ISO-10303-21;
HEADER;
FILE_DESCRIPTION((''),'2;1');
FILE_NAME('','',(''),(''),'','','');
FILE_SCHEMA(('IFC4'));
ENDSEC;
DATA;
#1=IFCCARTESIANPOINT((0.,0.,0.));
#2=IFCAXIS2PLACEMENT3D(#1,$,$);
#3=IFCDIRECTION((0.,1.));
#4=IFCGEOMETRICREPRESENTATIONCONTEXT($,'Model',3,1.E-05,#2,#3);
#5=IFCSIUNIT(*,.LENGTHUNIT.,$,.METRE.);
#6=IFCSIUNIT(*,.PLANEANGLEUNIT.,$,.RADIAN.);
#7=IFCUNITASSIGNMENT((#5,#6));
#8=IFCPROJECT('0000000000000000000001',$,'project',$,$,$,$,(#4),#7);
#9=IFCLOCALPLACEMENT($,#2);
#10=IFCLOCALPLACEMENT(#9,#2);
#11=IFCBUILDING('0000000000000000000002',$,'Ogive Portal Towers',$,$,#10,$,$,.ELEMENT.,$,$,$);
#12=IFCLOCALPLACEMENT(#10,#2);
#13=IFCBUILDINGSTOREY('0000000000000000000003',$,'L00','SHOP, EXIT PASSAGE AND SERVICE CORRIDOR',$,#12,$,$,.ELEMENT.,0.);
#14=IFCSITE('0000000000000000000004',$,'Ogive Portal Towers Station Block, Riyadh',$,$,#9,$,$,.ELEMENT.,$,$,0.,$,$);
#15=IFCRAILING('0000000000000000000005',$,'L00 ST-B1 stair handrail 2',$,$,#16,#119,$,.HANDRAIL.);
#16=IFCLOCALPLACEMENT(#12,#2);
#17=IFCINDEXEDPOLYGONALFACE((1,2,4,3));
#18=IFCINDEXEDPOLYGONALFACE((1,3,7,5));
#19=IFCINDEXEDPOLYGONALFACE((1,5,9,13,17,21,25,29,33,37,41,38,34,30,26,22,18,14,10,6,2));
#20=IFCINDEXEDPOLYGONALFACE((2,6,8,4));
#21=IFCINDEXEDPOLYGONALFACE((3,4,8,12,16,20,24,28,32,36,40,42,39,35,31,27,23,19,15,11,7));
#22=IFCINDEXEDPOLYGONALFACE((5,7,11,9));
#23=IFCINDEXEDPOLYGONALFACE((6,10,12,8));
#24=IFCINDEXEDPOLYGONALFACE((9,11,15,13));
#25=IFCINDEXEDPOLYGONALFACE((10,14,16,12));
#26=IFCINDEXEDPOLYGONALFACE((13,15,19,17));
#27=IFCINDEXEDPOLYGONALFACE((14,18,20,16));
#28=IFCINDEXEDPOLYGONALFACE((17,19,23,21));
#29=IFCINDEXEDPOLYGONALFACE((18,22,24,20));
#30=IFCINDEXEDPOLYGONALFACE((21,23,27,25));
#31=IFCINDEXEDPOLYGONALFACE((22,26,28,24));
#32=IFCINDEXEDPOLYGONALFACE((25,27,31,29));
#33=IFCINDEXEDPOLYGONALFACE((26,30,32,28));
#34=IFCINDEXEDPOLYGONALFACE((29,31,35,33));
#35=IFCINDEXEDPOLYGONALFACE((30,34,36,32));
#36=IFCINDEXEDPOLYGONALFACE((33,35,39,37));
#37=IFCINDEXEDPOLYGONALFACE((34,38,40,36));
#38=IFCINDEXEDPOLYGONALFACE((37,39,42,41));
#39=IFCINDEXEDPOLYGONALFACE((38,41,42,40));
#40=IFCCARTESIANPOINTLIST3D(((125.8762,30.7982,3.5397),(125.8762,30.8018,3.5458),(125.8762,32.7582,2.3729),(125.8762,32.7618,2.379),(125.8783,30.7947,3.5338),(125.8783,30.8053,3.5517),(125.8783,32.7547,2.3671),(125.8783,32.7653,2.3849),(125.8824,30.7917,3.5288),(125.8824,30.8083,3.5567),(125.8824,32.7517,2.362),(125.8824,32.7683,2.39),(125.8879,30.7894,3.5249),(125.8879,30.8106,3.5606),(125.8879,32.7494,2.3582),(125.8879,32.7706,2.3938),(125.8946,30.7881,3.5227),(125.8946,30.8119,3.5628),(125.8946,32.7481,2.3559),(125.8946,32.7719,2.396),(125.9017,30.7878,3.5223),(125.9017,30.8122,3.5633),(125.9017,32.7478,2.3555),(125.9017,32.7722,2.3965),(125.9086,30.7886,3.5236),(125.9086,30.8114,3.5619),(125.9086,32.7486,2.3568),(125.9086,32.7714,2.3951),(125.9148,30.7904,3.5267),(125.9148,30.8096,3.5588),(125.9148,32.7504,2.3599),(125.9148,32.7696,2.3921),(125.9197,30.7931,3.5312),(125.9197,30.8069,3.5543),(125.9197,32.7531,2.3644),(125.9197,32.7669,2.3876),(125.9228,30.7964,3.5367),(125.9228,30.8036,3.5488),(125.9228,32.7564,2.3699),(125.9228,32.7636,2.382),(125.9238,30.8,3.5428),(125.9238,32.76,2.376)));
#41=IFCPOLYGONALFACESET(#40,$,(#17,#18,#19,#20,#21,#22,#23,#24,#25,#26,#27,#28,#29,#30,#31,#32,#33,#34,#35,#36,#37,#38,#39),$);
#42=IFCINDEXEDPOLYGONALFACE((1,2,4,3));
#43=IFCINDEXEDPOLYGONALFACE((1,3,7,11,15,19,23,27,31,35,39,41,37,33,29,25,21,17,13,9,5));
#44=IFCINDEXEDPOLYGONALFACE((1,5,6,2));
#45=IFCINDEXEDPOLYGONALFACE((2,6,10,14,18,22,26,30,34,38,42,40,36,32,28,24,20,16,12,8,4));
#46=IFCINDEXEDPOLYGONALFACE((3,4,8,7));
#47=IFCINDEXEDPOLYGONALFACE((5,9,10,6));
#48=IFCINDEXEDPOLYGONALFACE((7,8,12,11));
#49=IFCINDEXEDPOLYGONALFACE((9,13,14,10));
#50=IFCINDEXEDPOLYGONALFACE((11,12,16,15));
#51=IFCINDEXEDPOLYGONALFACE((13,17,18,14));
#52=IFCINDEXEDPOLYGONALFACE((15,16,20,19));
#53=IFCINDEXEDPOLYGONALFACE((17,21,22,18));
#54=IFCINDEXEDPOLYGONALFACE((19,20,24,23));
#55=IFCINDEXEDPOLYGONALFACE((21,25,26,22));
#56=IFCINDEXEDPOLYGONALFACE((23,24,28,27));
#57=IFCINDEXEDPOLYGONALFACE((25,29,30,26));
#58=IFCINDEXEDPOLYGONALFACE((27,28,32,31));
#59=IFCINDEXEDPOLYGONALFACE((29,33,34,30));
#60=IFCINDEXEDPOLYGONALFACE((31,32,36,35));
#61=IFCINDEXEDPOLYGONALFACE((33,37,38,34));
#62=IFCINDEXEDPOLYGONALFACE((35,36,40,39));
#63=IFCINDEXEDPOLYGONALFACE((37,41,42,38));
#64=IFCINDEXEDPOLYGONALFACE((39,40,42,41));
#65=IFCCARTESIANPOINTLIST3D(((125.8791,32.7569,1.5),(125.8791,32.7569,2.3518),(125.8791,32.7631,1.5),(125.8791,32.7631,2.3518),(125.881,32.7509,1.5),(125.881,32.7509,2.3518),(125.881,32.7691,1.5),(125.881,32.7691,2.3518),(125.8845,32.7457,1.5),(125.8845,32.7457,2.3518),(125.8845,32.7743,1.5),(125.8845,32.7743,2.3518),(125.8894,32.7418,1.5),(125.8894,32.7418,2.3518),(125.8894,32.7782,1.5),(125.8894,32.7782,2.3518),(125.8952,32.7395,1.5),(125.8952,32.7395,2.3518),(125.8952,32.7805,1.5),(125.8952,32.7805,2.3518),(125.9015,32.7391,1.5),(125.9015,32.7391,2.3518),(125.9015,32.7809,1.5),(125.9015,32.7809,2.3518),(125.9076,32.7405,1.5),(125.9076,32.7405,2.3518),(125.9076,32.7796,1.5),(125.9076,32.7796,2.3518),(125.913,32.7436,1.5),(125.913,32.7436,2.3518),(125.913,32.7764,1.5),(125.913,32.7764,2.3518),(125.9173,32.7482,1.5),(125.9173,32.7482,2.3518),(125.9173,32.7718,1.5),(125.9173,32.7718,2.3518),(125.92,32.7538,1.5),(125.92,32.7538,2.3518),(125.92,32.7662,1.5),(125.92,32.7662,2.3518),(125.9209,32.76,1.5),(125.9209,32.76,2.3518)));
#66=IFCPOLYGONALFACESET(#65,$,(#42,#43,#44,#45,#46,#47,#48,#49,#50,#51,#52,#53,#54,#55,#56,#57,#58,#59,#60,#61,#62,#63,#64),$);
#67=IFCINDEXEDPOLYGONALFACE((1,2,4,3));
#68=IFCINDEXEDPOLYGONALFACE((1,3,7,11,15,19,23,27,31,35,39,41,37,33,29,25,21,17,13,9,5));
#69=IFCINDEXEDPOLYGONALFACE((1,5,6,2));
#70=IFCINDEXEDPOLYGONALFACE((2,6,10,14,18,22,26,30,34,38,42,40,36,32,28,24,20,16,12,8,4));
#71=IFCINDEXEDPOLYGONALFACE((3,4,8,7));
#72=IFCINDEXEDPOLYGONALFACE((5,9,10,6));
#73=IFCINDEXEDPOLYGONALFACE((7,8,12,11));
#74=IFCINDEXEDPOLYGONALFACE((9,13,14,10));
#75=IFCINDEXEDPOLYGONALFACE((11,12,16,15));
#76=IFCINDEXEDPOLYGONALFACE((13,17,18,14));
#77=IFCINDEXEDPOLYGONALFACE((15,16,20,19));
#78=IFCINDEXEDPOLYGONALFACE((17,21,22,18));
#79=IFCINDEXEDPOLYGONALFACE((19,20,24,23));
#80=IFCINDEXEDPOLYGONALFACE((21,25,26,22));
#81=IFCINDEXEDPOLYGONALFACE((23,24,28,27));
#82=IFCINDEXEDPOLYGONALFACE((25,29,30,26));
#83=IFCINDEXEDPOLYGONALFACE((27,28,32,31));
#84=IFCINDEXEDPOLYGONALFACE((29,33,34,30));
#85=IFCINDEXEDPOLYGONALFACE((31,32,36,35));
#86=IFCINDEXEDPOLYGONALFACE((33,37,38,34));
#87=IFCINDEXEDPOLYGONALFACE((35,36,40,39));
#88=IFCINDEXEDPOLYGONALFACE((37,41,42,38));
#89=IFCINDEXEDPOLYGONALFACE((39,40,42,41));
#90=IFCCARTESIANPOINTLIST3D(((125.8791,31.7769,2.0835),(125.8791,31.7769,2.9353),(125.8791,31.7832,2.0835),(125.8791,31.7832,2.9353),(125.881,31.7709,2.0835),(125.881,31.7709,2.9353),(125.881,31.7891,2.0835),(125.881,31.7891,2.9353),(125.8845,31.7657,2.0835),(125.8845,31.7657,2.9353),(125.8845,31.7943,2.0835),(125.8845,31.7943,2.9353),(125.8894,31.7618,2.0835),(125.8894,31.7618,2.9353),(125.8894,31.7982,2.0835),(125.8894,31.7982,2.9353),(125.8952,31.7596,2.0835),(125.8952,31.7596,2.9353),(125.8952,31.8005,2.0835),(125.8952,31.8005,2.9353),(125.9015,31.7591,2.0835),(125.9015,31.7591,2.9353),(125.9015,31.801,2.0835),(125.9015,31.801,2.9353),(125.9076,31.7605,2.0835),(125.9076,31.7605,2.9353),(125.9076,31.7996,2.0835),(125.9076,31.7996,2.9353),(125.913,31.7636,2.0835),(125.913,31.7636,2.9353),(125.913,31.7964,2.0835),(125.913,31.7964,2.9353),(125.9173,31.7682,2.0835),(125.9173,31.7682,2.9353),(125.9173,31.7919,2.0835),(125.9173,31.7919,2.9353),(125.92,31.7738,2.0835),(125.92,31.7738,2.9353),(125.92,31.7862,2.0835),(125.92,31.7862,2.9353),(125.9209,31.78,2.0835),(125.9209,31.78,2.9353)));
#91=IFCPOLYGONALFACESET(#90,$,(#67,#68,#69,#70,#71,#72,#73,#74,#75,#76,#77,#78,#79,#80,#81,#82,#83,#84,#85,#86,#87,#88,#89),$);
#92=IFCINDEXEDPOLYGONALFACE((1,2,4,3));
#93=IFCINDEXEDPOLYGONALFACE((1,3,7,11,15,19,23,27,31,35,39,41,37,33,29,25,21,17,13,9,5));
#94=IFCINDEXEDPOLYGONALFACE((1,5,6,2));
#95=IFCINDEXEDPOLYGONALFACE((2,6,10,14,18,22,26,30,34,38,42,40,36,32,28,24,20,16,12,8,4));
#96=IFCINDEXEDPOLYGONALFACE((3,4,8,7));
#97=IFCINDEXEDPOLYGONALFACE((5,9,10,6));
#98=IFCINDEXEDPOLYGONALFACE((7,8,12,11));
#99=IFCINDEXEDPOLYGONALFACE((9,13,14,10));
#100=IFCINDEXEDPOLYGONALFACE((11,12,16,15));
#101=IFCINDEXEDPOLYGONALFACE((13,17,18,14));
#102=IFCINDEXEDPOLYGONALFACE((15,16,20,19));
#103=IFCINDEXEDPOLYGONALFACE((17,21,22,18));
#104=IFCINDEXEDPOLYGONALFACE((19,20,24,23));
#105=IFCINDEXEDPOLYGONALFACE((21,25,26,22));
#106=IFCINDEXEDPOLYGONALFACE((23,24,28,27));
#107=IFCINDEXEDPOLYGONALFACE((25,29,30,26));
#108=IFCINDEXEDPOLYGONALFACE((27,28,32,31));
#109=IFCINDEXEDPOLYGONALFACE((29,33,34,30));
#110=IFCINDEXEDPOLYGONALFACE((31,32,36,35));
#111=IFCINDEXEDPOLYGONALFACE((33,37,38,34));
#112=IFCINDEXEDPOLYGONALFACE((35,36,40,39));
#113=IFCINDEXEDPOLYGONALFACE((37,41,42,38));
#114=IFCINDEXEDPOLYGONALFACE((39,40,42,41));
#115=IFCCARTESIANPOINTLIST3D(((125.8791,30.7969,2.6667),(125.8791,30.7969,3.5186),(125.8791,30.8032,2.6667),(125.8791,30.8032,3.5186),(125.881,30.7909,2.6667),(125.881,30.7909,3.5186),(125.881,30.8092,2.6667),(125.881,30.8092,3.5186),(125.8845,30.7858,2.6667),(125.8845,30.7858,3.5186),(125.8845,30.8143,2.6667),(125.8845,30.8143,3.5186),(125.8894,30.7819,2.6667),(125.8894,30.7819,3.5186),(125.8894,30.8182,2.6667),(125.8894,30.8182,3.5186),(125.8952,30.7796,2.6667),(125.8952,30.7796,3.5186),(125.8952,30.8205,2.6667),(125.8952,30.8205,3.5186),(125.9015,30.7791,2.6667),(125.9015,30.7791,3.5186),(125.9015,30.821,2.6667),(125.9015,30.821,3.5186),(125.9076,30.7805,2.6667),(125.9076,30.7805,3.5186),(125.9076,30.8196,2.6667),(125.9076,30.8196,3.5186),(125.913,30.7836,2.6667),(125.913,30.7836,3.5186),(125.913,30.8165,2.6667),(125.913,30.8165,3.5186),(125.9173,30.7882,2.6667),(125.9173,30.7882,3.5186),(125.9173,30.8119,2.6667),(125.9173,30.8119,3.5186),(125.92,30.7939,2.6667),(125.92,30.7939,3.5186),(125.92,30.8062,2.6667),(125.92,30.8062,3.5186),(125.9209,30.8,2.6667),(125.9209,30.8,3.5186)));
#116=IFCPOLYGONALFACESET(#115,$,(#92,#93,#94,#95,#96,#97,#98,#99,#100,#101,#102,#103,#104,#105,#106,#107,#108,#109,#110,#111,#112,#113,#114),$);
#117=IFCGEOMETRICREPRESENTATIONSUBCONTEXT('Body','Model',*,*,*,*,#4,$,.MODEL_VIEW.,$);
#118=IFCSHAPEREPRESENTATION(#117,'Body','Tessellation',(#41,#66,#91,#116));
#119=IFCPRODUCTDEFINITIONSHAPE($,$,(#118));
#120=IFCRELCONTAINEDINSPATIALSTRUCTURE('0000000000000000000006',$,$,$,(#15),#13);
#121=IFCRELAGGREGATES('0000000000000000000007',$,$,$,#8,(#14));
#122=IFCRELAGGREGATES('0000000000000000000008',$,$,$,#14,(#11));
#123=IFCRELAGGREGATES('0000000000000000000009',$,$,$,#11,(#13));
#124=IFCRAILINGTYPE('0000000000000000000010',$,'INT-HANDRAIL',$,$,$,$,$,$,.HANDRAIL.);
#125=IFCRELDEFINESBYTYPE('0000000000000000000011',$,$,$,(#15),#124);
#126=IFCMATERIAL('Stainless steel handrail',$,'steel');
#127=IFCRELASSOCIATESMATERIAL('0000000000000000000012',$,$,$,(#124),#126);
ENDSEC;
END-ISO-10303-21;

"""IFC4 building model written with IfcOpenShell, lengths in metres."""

from ifc_helpers import new_model, si_unit, direction, frame, origin, origin_2d, place, context, subcontext, project, spatial, circle, extrude, material, type_object, element, save


model = new_model("IFC4")

# Units and contexts
model_context = context("Model", 3, precision=1e-05, world=origin(), true_north=direction((0.0, 1.0)))
body_context = subcontext(model_context, "Body", "Model", "MODEL_VIEW")
ifc_project = project(units=[si_unit("LENGTHUNIT", "METRE"), si_unit("PLANEANGLEUNIT", "RADIAN")], contexts=[model_context])

# Site, building, storey
site_placement = place(None, origin())
site = spatial("IfcSite", under=ifc_project, at=site_placement, Name="Ogive Portal Towers Station Block, Riyadh", CompositionType="ELEMENT", RefElevation=0.0)
building_placement = place(site_placement, origin())
building = spatial("IfcBuilding", under=site, at=building_placement, Name="Ogive Portal Towers", CompositionType="ELEMENT")
storey_placement = place(building_placement, origin())
storey = spatial("IfcBuildingStorey", under=building, at=storey_placement, Name="L00", Description="SHOP, EXIT PASSAGE AND SERVICE CORRIDOR", CompositionType="ELEMENT", Elevation=0.0)

# Railing
ifc_material_1 = material(Name="Stainless steel handrail", Category="steel")
railing_type_1 = type_object("IfcRailingType", Name="INT-HANDRAIL", PredefinedType="HANDRAIL", material=ifc_material_1)
railing_1_placement = place(storey_placement, frame((125.8999, 32.76, 1.5)))
element("IfcRailing", 1, at=railing_1_placement, inside=storey, type_object=railing_type_1, Name="L00 ST-B1 stair handrail 2", PredefinedType="HANDRAIL", context=body_context, shape_type="SweptSolid", body=[
    extrude(circle(Radius=0.0239, at=origin_2d()), frame((0.0, 0.0, 0.876), z_axis=(0.0, -0.859273, 0.511518), x_axis=(1.0, 0.0, 0.0)), (0.0, 0.0, 1.0), 2.281),
    extrude(circle(Radius=0.021, at=origin_2d()), origin(), (0.0, 0.0, 1.0), 0.8518),
    extrude(circle(Radius=0.021, at=origin_2d()), frame((0.0, -0.98, 0.5835)), (0.0, 0.0, 1.0), 0.8518),
    extrude(circle(Radius=0.021, at=origin_2d()), frame((0.0, -1.96, 1.1667)), (0.0, 0.0, 1.0), 0.8518),
])

save(model, "model.ifc")
